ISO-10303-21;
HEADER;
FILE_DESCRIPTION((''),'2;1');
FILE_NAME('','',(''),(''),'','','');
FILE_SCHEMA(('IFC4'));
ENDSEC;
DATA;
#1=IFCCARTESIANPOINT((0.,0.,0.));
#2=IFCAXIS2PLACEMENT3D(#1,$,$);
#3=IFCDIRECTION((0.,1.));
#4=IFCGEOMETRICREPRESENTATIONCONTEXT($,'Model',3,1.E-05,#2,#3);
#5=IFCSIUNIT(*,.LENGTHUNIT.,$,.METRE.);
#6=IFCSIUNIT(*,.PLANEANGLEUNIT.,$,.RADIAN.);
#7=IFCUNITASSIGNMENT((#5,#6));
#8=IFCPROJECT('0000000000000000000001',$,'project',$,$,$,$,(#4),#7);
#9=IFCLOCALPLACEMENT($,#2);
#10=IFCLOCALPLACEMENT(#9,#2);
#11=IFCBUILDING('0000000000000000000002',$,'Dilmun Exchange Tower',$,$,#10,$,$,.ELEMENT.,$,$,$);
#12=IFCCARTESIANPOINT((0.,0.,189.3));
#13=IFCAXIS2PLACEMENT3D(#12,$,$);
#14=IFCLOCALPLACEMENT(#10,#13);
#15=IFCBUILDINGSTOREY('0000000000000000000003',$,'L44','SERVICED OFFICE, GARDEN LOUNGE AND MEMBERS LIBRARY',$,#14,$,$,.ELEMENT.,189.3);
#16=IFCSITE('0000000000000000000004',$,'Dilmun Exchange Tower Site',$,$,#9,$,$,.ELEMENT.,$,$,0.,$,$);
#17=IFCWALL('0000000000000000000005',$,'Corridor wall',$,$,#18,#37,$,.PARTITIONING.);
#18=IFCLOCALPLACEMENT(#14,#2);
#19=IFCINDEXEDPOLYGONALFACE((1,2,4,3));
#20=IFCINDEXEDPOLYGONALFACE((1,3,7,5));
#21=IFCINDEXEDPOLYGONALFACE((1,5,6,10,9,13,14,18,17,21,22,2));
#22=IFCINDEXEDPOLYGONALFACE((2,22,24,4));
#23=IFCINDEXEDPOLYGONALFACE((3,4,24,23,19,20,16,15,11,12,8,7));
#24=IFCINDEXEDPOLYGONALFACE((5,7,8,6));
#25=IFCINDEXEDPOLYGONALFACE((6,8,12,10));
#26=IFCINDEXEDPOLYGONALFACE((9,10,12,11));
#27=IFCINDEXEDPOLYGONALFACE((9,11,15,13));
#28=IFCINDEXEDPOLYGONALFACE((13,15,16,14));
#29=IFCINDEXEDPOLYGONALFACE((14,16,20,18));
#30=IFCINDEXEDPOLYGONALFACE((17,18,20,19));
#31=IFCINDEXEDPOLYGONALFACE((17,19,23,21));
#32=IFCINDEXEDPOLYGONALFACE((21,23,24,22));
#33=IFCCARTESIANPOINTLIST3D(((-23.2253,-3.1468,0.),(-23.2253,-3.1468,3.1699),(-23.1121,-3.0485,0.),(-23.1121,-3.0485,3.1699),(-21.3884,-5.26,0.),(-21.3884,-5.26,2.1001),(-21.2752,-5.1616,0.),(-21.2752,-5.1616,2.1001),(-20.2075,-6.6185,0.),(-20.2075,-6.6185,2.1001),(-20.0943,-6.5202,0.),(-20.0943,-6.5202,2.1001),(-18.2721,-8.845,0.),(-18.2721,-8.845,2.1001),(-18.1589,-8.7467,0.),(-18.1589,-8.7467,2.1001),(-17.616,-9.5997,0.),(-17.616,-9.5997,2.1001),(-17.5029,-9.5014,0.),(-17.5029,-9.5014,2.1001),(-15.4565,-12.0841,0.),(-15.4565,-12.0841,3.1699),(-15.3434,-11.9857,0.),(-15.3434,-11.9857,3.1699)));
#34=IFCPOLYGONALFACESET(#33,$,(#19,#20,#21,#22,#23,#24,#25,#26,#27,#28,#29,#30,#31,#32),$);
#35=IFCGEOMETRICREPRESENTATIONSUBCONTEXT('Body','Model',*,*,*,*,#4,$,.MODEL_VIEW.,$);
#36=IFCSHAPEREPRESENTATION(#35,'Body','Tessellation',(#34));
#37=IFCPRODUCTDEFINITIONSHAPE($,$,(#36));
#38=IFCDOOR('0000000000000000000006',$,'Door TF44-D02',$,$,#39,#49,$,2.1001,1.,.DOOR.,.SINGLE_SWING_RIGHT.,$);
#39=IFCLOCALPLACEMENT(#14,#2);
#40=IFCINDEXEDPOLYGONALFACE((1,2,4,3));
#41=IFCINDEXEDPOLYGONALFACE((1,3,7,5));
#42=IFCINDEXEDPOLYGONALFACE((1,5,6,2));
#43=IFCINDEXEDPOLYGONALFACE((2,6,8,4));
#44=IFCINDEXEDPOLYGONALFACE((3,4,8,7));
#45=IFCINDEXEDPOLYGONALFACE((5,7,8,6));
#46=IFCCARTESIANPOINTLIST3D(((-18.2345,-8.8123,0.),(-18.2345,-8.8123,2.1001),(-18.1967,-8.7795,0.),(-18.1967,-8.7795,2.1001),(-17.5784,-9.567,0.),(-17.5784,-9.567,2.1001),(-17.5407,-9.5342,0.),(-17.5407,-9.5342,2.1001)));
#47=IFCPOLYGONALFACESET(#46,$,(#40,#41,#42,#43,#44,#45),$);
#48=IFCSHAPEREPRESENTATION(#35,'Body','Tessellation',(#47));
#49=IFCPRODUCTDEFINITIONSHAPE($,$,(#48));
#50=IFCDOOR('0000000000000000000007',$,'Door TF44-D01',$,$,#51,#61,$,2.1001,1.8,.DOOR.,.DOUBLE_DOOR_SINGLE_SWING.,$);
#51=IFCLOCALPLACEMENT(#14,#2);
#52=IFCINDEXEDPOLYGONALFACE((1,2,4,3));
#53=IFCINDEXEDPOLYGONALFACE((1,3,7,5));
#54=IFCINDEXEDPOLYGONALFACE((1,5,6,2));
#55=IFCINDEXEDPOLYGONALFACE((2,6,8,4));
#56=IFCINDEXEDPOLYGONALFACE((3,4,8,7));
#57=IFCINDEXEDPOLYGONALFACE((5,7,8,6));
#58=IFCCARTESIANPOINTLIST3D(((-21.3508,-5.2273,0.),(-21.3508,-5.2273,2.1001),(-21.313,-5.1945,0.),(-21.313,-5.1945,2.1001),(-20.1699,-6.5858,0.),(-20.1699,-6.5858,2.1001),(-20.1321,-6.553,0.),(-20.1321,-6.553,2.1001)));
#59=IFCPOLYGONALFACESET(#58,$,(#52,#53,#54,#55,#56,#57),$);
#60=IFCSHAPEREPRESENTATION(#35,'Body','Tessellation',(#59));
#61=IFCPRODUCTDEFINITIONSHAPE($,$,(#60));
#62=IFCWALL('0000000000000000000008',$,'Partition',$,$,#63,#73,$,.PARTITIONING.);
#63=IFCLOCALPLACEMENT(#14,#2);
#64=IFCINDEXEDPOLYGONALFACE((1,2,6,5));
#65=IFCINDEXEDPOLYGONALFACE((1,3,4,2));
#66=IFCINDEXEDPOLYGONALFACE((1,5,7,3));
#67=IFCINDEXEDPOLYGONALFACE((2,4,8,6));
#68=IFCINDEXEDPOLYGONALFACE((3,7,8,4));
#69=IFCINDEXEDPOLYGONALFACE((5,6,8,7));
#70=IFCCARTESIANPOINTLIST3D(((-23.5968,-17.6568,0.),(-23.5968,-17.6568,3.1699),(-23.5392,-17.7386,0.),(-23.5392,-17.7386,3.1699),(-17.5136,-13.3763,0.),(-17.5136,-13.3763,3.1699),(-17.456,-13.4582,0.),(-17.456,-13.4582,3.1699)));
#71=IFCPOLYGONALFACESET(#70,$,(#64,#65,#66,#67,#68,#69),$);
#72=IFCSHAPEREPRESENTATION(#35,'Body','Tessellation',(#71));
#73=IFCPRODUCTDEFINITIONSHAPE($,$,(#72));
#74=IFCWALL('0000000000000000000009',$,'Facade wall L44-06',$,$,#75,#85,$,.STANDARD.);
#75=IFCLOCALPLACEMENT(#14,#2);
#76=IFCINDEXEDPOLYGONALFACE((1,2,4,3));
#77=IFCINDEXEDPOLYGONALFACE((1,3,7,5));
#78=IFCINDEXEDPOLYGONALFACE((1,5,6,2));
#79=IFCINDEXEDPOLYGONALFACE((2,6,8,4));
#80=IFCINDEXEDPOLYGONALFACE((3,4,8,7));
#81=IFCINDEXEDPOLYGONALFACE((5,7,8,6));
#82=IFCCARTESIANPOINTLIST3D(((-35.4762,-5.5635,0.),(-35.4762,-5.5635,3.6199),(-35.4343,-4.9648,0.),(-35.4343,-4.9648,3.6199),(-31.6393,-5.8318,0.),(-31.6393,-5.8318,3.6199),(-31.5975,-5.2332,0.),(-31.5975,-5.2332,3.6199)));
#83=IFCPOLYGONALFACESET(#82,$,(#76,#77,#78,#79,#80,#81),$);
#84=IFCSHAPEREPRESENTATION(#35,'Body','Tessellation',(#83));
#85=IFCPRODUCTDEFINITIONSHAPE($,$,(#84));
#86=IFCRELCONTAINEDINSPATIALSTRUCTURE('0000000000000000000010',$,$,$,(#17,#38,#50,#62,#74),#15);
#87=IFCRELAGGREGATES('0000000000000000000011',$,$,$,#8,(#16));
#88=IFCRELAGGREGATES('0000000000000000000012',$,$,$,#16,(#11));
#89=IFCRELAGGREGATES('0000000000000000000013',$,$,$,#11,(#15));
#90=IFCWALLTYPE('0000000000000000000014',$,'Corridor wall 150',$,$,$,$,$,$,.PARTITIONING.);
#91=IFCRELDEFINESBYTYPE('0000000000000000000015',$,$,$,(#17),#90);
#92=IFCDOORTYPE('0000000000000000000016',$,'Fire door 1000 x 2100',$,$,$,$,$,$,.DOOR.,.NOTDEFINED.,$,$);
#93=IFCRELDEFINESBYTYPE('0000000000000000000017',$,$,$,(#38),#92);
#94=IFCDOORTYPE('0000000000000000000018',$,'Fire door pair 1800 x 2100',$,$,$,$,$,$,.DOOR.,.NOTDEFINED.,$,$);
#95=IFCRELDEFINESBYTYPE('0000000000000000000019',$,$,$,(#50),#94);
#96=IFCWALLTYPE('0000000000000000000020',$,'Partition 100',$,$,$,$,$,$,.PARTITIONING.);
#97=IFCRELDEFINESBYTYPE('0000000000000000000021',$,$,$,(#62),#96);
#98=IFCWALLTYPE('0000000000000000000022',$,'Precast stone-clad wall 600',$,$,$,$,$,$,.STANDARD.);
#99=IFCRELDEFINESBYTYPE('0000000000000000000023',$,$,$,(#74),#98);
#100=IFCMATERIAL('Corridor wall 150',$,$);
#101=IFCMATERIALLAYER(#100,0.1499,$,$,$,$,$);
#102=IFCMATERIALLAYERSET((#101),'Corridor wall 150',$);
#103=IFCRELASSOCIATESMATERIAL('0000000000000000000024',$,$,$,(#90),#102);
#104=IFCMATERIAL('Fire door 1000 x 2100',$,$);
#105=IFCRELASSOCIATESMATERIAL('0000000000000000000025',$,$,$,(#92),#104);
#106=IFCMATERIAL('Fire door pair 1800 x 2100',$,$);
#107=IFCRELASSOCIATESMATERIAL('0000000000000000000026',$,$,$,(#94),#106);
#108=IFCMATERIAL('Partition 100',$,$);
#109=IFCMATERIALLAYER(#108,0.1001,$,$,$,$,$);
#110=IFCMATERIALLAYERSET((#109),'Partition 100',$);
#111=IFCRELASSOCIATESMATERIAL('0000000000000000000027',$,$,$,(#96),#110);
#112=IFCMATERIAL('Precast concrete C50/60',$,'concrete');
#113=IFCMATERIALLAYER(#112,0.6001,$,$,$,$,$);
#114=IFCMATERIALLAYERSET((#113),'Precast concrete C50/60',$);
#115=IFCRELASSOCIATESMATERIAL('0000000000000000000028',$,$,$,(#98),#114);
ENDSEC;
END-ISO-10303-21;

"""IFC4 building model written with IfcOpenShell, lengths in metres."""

from ifc_helpers import new_model, si_unit, direction, frame, frame_2d, origin, place, context, subcontext, project, spatial, rectangle, extrude, material, layer, layer_set, type_object, element, fill, save


model = new_model("IFC4")

# Units and contexts
model_context = context("Model", 3, precision=1e-05, world=origin(), true_north=direction((0.0, 1.0)))
body_context = subcontext(model_context, "Body", "Model", "MODEL_VIEW")
ifc_project = project(units=[si_unit("LENGTHUNIT", "METRE"), si_unit("PLANEANGLEUNIT", "RADIAN")], contexts=[model_context])

# Site, building, storey
site_placement = place(None, origin())
site = spatial("IfcSite", under=ifc_project, at=site_placement, Name="Dilmun Exchange Tower Site", CompositionType="ELEMENT", RefElevation=0.0)
building_placement = place(site_placement, origin())
building = spatial("IfcBuilding", under=site, at=building_placement, Name="Dilmun Exchange Tower", CompositionType="ELEMENT")
storey_placement = place(building_placement, frame((0.0, 0.0, 189.3)))
storey = spatial("IfcBuildingStorey", under=building, at=storey_placement, Name="L44", Description="SERVICED OFFICE, GARDEN LOUNGE AND MEMBERS LIBRARY", CompositionType="ELEMENT", Elevation=189.3)

# Shared definitions
ifc_material_1 = material(Name="Corridor wall 150")
ifc_layer_1 = layer(ifc_material_1, 0.1499)
ifc_layer_set_1 = layer_set([ifc_layer_1], Name="Corridor wall 150")
wall_type_1 = type_object("IfcWallType", Name="Corridor wall 150", PredefinedType="PARTITIONING", material=ifc_layer_set_1)

# Wall, openings, doors
ifc_material_2 = material(Name="Fire door 1000 x 2100")
door_type_1 = type_object("IfcDoorType", Name="Fire door 1000 x 2100", OperationType="NOTDEFINED", PredefinedType="DOOR", material=ifc_material_2)
wall_1_placement = place(storey_placement, frame((-23.1687, -3.0977, 0.0), z_axis=(0.0, 0.0, 1.0), x_axis=(0.656048, -0.75472, 0.0)))
wall_1 = element("IfcWall", 1, at=wall_1_placement, inside=storey, type_object=wall_type_1, Name="Corridor wall", PredefinedType="PARTITIONING", context=body_context, shape_type="SweptSolid", body=[
    extrude(rectangle(XDim=11.8418, YDim=0.1499, at=frame_2d((5.9209, 0.0))), origin(), (0.0, 0.0, 1.0), 3.1699),
])
opening_1_placement = place(wall_1_placement, frame((2.8, 0.0, 0.0)))
opening_1 = element("IfcOpeningElement", 2, at=opening_1_placement, cuts=wall_1, PredefinedType="OPENING", context=body_context, shape_type="SweptSolid", body=[
    extrude(rectangle(XDim=1.8, YDim=2.1001, at=frame_2d((0.8999, 1.05))), frame((0.0, 0.085, 0.0), z_axis=(0.0, -1.0, 0.0), x_axis=(1.0, 0.0, 0.0)), (0.0, 0.0, 1.0), 0.1699),
])
opening_2_placement = place(wall_1_placement, frame((7.55, 0.0, 0.0)))
opening_2 = element("IfcOpeningElement", 3, at=opening_2_placement, cuts=wall_1, PredefinedType="OPENING", context=body_context, shape_type="SweptSolid", body=[
    extrude(rectangle(XDim=1.0, YDim=2.1001, at=frame_2d((0.5, 1.05))), frame((0.0, 0.085, 0.0), z_axis=(0.0, -1.0, 0.0), x_axis=(1.0, 0.0, 0.0)), (0.0, 0.0, 1.0), 0.1699),
])
door_1_placement = place(opening_2_placement, origin())
door_1 = element("IfcDoor", 4, at=door_1_placement, inside=storey, type_object=door_type_1, Name="Door TF44-D02", OperationType="SINGLE_SWING_RIGHT", OverallHeight=2.1001, OverallWidth=1.0, PredefinedType="DOOR", context=body_context, shape_type="SweptSolid", body=[
    extrude(rectangle(XDim=1.0, YDim=2.1001, at=frame_2d((0.5, 1.05))), frame((0.0, 0.0249, 0.0), z_axis=(0.0, -1.0, 0.0), x_axis=(1.0, 0.0, 0.0)), (0.0, 0.0, 1.0), 0.05),
])
fill(opening_2, door_1)
ifc_material_3 = material(Name="Fire door pair 1800 x 2100")
door_type_2 = type_object("IfcDoorType", Name="Fire door pair 1800 x 2100", OperationType="NOTDEFINED", PredefinedType="DOOR", material=ifc_material_3)
door_2_placement = place(opening_1_placement, origin())
door_2 = element("IfcDoor", 5, at=door_2_placement, inside=storey, type_object=door_type_2, Name="Door TF44-D01", OperationType="DOUBLE_DOOR_SINGLE_SWING", OverallHeight=2.1001, OverallWidth=1.8, PredefinedType="DOOR", context=body_context, shape_type="SweptSolid", body=[
    extrude(rectangle(XDim=1.8, YDim=2.1001, at=frame_2d((0.8999, 1.05))), frame((0.0, 0.0249, 0.0), z_axis=(0.0, -1.0, 0.0), x_axis=(1.0, 0.0, 0.0)), (0.0, 0.0, 1.0), 0.05),
])
fill(opening_1, door_2)

# Walls
ifc_material_4 = material(Name="Partition 100")
ifc_layer_2 = layer(ifc_material_4, 0.1001)
ifc_layer_set_2 = layer_set([ifc_layer_2], Name="Partition 100")
wall_type_2 = type_object("IfcWallType", Name="Partition 100", PredefinedType="PARTITIONING", material=ifc_layer_set_2)
wall_2_placement = place(storey_placement, frame((-23.5681, -17.6978, 0.0), z_axis=(0.0, 0.0, 1.0), x_axis=(0.817825, 0.575467, 0.0)))
element("IfcWall", 6, at=wall_2_placement, inside=storey, type_object=wall_type_2, Name="Partition", PredefinedType="PARTITIONING", context=body_context, shape_type="SweptSolid", body=[
    extrude(rectangle(XDim=7.4382, YDim=0.1001, at=frame_2d((3.7192, 0.0))), origin(), (0.0, 0.0, 1.0), 3.1699),
])
ifc_material_5 = material(Name="Precast concrete C50/60", Category="concrete")
ifc_layer_3 = layer(ifc_material_5, 0.6001)
ifc_layer_set_3 = layer_set([ifc_layer_3], Name="Precast concrete C50/60")
wall_type_3 = type_object("IfcWallType", Name="Precast stone-clad wall 600", PredefinedType="STANDARD", material=ifc_layer_set_3)
wall_3_placement = place(storey_placement, frame((-31.6184, -5.5325, 0.0), z_axis=(0.0, 0.0, 1.0), x_axis=(-0.997564, 0.069758, 0.0)))
element("IfcWall", 7, at=wall_3_placement, inside=storey, type_object=wall_type_3, Name="Facade wall L44-06", PredefinedType="STANDARD", context=body_context, shape_type="SweptSolid", body=[
    extrude(rectangle(XDim=3.8462, YDim=0.6001, at=frame_2d((1.9231, 0.0))), origin(), (0.0, 0.0, 1.0), 3.6199),
])

save(model, "model.ifc")
